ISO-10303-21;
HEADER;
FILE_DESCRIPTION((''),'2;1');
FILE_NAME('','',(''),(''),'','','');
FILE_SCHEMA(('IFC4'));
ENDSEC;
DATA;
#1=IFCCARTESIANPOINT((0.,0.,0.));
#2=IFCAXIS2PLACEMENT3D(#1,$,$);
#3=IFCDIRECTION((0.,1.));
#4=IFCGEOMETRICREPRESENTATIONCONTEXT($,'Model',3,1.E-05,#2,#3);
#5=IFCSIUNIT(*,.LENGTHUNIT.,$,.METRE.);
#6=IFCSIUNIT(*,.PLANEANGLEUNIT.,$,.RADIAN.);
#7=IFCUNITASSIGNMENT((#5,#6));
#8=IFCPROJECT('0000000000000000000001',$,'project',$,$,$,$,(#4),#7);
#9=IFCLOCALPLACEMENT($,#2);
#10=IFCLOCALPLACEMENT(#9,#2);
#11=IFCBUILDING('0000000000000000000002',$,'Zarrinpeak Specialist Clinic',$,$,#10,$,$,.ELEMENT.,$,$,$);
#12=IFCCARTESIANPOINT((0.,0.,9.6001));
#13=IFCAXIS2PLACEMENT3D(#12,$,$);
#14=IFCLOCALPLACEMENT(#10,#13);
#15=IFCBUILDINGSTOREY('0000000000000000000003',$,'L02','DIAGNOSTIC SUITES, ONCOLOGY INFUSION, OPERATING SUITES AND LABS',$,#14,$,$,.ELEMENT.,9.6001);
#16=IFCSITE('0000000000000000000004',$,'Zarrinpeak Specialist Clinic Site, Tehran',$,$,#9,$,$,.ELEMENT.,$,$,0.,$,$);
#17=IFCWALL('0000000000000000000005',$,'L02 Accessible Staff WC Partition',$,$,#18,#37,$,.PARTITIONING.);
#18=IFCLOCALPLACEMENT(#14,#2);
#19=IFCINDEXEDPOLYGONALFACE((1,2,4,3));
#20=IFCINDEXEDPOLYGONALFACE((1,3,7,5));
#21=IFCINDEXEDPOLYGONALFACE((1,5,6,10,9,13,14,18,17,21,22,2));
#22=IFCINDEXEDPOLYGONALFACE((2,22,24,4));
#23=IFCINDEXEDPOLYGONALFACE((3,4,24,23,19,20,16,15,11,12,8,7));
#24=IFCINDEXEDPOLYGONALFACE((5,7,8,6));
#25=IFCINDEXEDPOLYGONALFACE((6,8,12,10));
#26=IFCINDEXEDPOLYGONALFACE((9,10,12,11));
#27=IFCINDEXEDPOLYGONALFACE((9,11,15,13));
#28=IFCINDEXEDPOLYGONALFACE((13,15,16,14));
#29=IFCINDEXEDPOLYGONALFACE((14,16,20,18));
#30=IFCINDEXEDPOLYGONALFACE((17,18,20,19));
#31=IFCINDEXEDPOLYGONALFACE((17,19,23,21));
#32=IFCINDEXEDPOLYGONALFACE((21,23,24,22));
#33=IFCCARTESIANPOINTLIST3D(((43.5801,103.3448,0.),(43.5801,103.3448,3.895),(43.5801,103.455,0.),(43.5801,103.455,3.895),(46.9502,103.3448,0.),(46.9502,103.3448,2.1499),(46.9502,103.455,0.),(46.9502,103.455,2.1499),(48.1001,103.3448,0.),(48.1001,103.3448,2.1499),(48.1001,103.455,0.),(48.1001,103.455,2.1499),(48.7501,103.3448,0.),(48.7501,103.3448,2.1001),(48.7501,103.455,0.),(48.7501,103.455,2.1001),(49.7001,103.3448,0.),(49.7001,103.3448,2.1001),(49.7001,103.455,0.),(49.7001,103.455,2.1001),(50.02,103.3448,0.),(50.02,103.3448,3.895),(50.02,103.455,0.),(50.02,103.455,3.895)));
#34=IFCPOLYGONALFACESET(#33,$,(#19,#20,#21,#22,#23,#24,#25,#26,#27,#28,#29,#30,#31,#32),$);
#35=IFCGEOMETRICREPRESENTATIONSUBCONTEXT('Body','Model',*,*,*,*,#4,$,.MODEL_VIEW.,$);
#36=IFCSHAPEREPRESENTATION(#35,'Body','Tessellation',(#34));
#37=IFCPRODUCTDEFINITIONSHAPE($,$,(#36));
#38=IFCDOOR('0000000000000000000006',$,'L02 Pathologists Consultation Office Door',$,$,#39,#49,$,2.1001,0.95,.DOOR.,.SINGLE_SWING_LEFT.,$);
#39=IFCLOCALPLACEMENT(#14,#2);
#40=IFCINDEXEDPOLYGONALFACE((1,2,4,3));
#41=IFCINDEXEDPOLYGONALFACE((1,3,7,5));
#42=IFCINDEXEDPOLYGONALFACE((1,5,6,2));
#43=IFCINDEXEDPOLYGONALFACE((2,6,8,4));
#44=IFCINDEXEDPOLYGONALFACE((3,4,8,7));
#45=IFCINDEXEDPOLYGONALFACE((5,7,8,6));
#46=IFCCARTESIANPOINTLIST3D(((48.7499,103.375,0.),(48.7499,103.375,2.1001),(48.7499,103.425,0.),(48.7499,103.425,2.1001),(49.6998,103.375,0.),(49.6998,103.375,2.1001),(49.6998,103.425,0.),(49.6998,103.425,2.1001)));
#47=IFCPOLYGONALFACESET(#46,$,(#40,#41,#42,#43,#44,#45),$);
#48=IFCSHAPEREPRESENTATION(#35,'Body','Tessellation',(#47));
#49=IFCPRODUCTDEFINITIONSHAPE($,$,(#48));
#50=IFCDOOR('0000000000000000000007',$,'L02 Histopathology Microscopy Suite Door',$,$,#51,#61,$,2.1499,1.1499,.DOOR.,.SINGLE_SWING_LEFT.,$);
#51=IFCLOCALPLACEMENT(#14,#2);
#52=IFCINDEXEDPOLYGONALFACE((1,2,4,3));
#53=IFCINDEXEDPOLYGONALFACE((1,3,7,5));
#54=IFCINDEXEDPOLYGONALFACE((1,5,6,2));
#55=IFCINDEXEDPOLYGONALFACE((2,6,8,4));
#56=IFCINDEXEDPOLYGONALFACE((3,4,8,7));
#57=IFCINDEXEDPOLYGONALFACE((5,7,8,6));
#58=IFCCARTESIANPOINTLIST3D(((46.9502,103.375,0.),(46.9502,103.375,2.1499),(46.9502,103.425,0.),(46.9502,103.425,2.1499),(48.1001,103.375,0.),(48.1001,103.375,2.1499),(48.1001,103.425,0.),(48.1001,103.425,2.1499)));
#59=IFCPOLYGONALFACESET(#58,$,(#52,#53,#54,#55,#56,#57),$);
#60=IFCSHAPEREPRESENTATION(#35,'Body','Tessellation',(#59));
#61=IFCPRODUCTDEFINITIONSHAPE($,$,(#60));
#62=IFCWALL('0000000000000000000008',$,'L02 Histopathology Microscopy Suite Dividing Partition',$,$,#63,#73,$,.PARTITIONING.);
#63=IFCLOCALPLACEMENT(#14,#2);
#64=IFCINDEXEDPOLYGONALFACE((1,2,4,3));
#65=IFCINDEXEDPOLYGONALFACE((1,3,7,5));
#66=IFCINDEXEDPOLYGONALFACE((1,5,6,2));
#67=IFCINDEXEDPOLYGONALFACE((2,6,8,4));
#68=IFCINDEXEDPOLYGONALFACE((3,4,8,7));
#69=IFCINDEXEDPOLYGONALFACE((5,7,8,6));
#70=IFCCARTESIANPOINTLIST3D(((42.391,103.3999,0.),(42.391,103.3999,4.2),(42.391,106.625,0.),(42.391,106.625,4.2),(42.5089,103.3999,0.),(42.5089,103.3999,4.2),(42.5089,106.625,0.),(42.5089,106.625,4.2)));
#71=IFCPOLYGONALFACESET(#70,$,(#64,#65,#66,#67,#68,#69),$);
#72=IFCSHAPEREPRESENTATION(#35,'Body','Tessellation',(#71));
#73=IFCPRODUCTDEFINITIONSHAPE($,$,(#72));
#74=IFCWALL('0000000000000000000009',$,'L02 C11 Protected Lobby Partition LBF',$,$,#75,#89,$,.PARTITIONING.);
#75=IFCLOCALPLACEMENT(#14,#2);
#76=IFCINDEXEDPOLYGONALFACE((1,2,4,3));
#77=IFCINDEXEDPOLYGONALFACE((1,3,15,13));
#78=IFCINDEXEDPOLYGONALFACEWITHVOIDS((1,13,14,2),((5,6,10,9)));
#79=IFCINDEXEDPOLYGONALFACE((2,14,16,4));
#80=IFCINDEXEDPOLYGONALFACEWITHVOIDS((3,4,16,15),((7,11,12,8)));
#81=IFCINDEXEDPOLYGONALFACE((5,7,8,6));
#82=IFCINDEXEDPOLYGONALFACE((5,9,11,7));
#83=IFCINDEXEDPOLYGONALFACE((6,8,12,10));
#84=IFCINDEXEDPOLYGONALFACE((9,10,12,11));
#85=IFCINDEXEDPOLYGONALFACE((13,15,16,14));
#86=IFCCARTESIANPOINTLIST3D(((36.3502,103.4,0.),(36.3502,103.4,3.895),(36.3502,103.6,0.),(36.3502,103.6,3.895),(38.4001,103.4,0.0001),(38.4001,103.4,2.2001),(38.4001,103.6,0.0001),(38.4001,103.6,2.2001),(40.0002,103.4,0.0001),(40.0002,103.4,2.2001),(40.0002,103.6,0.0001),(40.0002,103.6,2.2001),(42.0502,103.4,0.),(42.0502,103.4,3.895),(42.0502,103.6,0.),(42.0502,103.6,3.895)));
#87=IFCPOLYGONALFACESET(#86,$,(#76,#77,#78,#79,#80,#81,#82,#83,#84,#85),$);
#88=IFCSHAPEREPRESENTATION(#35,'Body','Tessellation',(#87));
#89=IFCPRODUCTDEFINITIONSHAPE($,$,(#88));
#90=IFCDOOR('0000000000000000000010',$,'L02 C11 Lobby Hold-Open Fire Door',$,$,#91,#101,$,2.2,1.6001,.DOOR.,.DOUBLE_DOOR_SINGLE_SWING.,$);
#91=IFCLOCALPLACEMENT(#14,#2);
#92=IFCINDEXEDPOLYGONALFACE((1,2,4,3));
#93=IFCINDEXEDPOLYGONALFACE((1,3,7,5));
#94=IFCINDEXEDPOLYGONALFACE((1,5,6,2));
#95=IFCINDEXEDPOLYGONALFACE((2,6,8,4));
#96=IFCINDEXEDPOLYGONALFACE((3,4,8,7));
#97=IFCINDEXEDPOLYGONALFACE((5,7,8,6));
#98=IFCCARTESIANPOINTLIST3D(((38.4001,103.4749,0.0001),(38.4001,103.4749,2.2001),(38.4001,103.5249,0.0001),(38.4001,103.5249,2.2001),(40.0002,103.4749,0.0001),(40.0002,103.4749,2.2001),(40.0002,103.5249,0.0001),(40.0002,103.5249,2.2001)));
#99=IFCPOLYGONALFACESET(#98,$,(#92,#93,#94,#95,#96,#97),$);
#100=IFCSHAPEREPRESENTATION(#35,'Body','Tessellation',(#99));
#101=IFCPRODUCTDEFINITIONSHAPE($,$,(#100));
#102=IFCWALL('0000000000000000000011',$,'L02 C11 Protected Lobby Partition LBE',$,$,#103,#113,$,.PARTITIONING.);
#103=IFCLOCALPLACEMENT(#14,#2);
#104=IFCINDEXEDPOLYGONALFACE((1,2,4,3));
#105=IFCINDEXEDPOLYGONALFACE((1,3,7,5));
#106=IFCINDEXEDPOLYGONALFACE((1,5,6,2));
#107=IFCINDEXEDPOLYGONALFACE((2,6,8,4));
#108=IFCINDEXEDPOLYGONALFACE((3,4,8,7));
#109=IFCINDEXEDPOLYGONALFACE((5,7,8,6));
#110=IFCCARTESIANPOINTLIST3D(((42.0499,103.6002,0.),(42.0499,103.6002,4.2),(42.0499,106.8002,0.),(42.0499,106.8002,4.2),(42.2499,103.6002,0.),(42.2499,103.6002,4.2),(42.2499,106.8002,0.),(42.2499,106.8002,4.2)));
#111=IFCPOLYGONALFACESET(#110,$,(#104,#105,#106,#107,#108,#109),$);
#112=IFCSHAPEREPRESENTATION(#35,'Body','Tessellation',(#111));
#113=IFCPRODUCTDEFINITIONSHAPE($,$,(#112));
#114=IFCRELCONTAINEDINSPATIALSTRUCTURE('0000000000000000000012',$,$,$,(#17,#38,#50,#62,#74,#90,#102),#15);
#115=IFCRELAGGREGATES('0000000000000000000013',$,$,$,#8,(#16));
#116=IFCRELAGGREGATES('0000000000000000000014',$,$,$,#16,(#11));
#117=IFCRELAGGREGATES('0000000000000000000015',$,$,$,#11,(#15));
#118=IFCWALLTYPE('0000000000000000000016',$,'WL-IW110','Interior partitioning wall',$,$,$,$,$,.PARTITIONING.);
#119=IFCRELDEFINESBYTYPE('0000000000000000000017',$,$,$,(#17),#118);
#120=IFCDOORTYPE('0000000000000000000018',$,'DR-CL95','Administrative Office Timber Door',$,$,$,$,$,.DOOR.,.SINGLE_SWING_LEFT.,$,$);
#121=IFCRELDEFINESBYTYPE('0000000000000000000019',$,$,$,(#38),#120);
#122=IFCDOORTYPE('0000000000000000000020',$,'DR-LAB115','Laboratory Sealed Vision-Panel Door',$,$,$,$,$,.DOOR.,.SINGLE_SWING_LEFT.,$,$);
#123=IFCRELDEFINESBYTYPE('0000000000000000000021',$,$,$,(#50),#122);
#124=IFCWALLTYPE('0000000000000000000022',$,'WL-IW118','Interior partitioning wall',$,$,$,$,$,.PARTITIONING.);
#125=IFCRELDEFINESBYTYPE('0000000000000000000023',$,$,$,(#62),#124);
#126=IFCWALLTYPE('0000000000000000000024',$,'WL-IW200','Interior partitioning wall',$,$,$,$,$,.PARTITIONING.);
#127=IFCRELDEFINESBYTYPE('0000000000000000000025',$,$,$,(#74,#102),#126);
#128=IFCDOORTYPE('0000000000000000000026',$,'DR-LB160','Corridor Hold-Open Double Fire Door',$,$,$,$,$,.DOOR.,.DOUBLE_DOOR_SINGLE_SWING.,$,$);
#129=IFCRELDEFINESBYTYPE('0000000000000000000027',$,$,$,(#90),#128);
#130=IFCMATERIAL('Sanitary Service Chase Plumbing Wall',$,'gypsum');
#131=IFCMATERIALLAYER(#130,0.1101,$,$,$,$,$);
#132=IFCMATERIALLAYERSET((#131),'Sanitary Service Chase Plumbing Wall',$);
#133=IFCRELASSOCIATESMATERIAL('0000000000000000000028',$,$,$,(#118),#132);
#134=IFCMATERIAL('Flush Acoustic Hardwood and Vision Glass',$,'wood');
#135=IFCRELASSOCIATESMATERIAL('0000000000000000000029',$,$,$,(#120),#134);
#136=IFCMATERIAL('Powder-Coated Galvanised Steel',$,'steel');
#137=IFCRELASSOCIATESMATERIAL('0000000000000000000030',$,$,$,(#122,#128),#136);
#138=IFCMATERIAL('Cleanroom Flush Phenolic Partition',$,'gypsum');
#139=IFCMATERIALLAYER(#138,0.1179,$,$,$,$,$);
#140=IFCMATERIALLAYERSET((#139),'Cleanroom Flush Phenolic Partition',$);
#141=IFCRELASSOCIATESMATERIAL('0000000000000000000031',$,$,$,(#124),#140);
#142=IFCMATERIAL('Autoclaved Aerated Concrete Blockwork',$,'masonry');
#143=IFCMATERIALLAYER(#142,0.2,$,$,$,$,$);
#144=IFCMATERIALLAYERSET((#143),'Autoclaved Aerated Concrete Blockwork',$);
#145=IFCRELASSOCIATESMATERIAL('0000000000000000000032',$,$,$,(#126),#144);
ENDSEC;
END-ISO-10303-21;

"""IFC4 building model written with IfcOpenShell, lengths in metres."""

from ifc_helpers import new_model, si_unit, direction, frame, frame_2d, origin, place, context, subcontext, project, spatial, rectangle, extrude, material, layer, layer_set, type_object, element, fill, save


model = new_model("IFC4")

# Units and contexts
model_context = context("Model", 3, precision=1e-05, world=origin(), true_north=direction((0.0, 1.0)))
body_context = subcontext(model_context, "Body", "Model", "MODEL_VIEW")
ifc_project = project(units=[si_unit("LENGTHUNIT", "METRE"), si_unit("PLANEANGLEUNIT", "RADIAN")], contexts=[model_context])

# Site, building, storey
site_placement = place(None, origin())
site = spatial("IfcSite", under=ifc_project, at=site_placement, Name="Zarrinpeak Specialist Clinic Site, Tehran", CompositionType="ELEMENT", RefElevation=0.0)
building_placement = place(site_placement, origin())
building = spatial("IfcBuilding", under=site, at=building_placement, Name="Zarrinpeak Specialist Clinic", CompositionType="ELEMENT")
storey_placement = place(building_placement, frame((0.0, 0.0, 9.6001)))
storey = spatial("IfcBuildingStorey", under=building, at=storey_placement, Name="L02", Description="DIAGNOSTIC SUITES, ONCOLOGY INFUSION, OPERATING SUITES AND LABS", CompositionType="ELEMENT", Elevation=9.6001)

# Shared definitions
ifc_material_1 = material(Name="Powder-Coated Galvanised Steel", Category="steel")

# Wall, openings, doors
ifc_material_2 = material(Name="Sanitary Service Chase Plumbing Wall", Category="gypsum")
ifc_layer_1 = layer(ifc_material_2, 0.1101)
ifc_layer_set_1 = layer_set([ifc_layer_1], Name="Sanitary Service Chase Plumbing Wall")
wall_type_1 = type_object("IfcWallType", Name="WL-IW110", Description="Interior partitioning wall", PredefinedType="PARTITIONING", material=ifc_layer_set_1)
wall_1_placement = place(storey_placement, frame((43.5801, 103.3999, 0.0), z_axis=(0.0, 0.0, 1.0), x_axis=(1.0, 0.0, 0.0)))
wall_1 = element("IfcWall", 1, at=wall_1_placement, inside=storey, type_object=wall_type_1, Name="L02 Accessible Staff WC Partition", PredefinedType="PARTITIONING", context=body_context, shape_type="SweptSolid", body=[
    extrude(rectangle(XDim=6.4399, YDim=0.1101, at=frame_2d((3.22, 0.0))), origin(), (0.0, 0.0, 1.0), 3.895),
])
opening_1_placement = place(wall_1_placement, frame((5.1699, 0.0, 0.0)))
opening_1 = element("IfcOpeningElement", 2, at=opening_1_placement, cuts=wall_1, PredefinedType="OPENING", context=body_context, shape_type="SweptSolid", body=[
    extrude(rectangle(XDim=0.95, YDim=2.1001, at=frame_2d((0.4751, 1.05))), frame((0.0, 0.0649, 0.0), z_axis=(0.0, -1.0, 0.0), x_axis=(1.0, 0.0, 0.0)), (0.0, 0.0, 1.0), 0.1301),
])
opening_2_placement = place(wall_1_placement, frame((3.3701, 0.0, 0.0)))
opening_2 = element("IfcOpeningElement", 3, at=opening_2_placement, cuts=wall_1, PredefinedType="OPENING", context=body_context, shape_type="SweptSolid", body=[
    extrude(rectangle(XDim=1.1499, YDim=2.1499, at=frame_2d((0.575, 1.075))), frame((0.0, 0.0649, 0.0), z_axis=(0.0, -1.0, 0.0), x_axis=(1.0, 0.0, 0.0)), (0.0, 0.0, 1.0), 0.1301),
])
ifc_material_3 = material(Name="Flush Acoustic Hardwood and Vision Glass", Category="wood")
door_type_1 = type_object("IfcDoorType", Name="DR-CL95", Description="Administrative Office Timber Door", OperationType="SINGLE_SWING_LEFT", PredefinedType="DOOR", material=ifc_material_3)
door_1_placement = place(opening_1_placement, frame((0.95, 0.0, 0.0), z_axis=(0.0, 0.0, 1.0), x_axis=(-1.0, 0.0, 0.0)))
door_1 = element("IfcDoor", 4, at=door_1_placement, inside=storey, type_object=door_type_1, Name="L02 Pathologists Consultation Office Door", OperationType="SINGLE_SWING_LEFT", OverallHeight=2.1001, OverallWidth=0.95, PredefinedType="DOOR", context=body_context, shape_type="SweptSolid", body=[
    extrude(rectangle(XDim=0.95, YDim=2.1001, at=frame_2d((0.4751, 1.05))), frame((0.0, 0.0249, 0.0), z_axis=(0.0, -1.0, 0.0), x_axis=(1.0, 0.0, 0.0)), (0.0, 0.0, 1.0), 0.05),
])
fill(opening_1, door_1)
door_type_2 = type_object("IfcDoorType", Name="DR-LAB115", Description="Laboratory Sealed Vision-Panel Door", OperationType="SINGLE_SWING_LEFT", PredefinedType="DOOR", material=ifc_material_1)
door_2_placement = place(opening_2_placement, frame((1.1499, 0.0, 0.0), z_axis=(0.0, 0.0, 1.0), x_axis=(-1.0, 0.0, 0.0)))
door_2 = element("IfcDoor", 5, at=door_2_placement, inside=storey, type_object=door_type_2, Name="L02 Histopathology Microscopy Suite Door", OperationType="SINGLE_SWING_LEFT", OverallHeight=2.1499, OverallWidth=1.1499, PredefinedType="DOOR", context=body_context, shape_type="SweptSolid", body=[
    extrude(rectangle(XDim=1.1499, YDim=2.1499, at=frame_2d((0.575, 1.075))), frame((0.0, 0.0249, 0.0), z_axis=(0.0, -1.0, 0.0), x_axis=(1.0, 0.0, 0.0)), (0.0, 0.0, 1.0), 0.05),
])
fill(opening_2, door_2)

# Wall
ifc_material_4 = material(Name="Cleanroom Flush Phenolic Partition", Category="gypsum")
ifc_layer_2 = layer(ifc_material_4, 0.1179)
ifc_layer_set_2 = layer_set([ifc_layer_2], Name="Cleanroom Flush Phenolic Partition")
wall_type_2 = type_object("IfcWallType", Name="WL-IW118", Description="Interior partitioning wall", PredefinedType="PARTITIONING", material=ifc_layer_set_2)
wall_2_placement = place(storey_placement, frame((42.45, 103.3999, 0.0), z_axis=(0.0, 0.0, 1.0), x_axis=(0.0, 1.0, 0.0)))
element("IfcWall", 6, at=wall_2_placement, inside=storey, type_object=wall_type_2, Name="L02 Histopathology Microscopy Suite Dividing Partition", PredefinedType="PARTITIONING", context=body_context, shape_type="SweptSolid", body=[
    extrude(rectangle(XDim=3.2251, YDim=0.1179, at=frame_2d((1.6125, 0.0))), origin(), (0.0, 0.0, 1.0), 4.2),
])

# Wall, opening, door
ifc_material_5 = material(Name="Autoclaved Aerated Concrete Blockwork", Category="masonry")
ifc_layer_3 = layer(ifc_material_5, 0.2)
ifc_layer_set_3 = layer_set([ifc_layer_3], Name="Autoclaved Aerated Concrete Blockwork")
wall_type_3 = type_object("IfcWallType", Name="WL-IW200", Description="Interior partitioning wall", PredefinedType="PARTITIONING", material=ifc_layer_set_3)
wall_3_placement = place(storey_placement, frame((36.3501, 103.5, 0.0), z_axis=(0.0, 0.0, 1.0), x_axis=(1.0, 0.0, 0.0)))
wall_3 = element("IfcWall", 7, at=wall_3_placement, inside=storey, type_object=wall_type_3, Name="L02 C11 Protected Lobby Partition LBF", PredefinedType="PARTITIONING", context=body_context, shape_type="SweptSolid", body=[
    extrude(rectangle(XDim=5.7, YDim=0.2, at=frame_2d((2.8501, 0.0))), origin(), (0.0, 0.0, 1.0), 3.895),
])
opening_3_placement = place(wall_3_placement, frame((2.05, 0.0, 0.0)))
opening_3 = element("IfcOpeningElement", 8, at=opening_3_placement, cuts=wall_3, PredefinedType="OPENING", context=body_context, shape_type="SweptSolid", body=[
    extrude(rectangle(XDim=1.6001, YDim=2.2, at=frame_2d((0.8, 1.1001))), frame((0.0, 0.1099, 0.0), z_axis=(0.0, -1.0, 0.0), x_axis=(1.0, 0.0, 0.0)), (0.0, 0.0, 1.0), 0.22),
])
door_type_3 = type_object("IfcDoorType", Name="DR-LB160", Description="Corridor Hold-Open Double Fire Door", OperationType="DOUBLE_DOOR_SINGLE_SWING", PredefinedType="DOOR", material=ifc_material_1)
door_3_placement = place(opening_3_placement, origin())
door_3 = element("IfcDoor", 9, at=door_3_placement, inside=storey, type_object=door_type_3, Name="L02 C11 Lobby Hold-Open Fire Door", OperationType="DOUBLE_DOOR_SINGLE_SWING", OverallHeight=2.2, OverallWidth=1.6001, PredefinedType="DOOR", context=body_context, shape_type="SweptSolid", body=[
    extrude(rectangle(XDim=1.6001, YDim=2.2, at=frame_2d((0.8, 1.1001))), frame((0.0, 0.0249, 0.0), z_axis=(0.0, -1.0, 0.0), x_axis=(1.0, 0.0, 0.0)), (0.0, 0.0, 1.0), 0.05),
])
fill(opening_3, door_3)

# Wall
wall_4_placement = place(storey_placement, frame((42.1499, 103.6001, 0.0), z_axis=(0.0, 0.0, 1.0), x_axis=(0.0, 1.0, 0.0)))
element("IfcWall", 10, at=wall_4_placement, inside=storey, type_object=wall_type_3, Name="L02 C11 Protected Lobby Partition LBE", PredefinedType="PARTITIONING", context=body_context, shape_type="SweptSolid", body=[
    extrude(rectangle(XDim=3.2, YDim=0.2, at=frame_2d((1.6001, 0.0))), origin(), (0.0, 0.0, 1.0), 4.2),
])

save(model, "model.ifc")
